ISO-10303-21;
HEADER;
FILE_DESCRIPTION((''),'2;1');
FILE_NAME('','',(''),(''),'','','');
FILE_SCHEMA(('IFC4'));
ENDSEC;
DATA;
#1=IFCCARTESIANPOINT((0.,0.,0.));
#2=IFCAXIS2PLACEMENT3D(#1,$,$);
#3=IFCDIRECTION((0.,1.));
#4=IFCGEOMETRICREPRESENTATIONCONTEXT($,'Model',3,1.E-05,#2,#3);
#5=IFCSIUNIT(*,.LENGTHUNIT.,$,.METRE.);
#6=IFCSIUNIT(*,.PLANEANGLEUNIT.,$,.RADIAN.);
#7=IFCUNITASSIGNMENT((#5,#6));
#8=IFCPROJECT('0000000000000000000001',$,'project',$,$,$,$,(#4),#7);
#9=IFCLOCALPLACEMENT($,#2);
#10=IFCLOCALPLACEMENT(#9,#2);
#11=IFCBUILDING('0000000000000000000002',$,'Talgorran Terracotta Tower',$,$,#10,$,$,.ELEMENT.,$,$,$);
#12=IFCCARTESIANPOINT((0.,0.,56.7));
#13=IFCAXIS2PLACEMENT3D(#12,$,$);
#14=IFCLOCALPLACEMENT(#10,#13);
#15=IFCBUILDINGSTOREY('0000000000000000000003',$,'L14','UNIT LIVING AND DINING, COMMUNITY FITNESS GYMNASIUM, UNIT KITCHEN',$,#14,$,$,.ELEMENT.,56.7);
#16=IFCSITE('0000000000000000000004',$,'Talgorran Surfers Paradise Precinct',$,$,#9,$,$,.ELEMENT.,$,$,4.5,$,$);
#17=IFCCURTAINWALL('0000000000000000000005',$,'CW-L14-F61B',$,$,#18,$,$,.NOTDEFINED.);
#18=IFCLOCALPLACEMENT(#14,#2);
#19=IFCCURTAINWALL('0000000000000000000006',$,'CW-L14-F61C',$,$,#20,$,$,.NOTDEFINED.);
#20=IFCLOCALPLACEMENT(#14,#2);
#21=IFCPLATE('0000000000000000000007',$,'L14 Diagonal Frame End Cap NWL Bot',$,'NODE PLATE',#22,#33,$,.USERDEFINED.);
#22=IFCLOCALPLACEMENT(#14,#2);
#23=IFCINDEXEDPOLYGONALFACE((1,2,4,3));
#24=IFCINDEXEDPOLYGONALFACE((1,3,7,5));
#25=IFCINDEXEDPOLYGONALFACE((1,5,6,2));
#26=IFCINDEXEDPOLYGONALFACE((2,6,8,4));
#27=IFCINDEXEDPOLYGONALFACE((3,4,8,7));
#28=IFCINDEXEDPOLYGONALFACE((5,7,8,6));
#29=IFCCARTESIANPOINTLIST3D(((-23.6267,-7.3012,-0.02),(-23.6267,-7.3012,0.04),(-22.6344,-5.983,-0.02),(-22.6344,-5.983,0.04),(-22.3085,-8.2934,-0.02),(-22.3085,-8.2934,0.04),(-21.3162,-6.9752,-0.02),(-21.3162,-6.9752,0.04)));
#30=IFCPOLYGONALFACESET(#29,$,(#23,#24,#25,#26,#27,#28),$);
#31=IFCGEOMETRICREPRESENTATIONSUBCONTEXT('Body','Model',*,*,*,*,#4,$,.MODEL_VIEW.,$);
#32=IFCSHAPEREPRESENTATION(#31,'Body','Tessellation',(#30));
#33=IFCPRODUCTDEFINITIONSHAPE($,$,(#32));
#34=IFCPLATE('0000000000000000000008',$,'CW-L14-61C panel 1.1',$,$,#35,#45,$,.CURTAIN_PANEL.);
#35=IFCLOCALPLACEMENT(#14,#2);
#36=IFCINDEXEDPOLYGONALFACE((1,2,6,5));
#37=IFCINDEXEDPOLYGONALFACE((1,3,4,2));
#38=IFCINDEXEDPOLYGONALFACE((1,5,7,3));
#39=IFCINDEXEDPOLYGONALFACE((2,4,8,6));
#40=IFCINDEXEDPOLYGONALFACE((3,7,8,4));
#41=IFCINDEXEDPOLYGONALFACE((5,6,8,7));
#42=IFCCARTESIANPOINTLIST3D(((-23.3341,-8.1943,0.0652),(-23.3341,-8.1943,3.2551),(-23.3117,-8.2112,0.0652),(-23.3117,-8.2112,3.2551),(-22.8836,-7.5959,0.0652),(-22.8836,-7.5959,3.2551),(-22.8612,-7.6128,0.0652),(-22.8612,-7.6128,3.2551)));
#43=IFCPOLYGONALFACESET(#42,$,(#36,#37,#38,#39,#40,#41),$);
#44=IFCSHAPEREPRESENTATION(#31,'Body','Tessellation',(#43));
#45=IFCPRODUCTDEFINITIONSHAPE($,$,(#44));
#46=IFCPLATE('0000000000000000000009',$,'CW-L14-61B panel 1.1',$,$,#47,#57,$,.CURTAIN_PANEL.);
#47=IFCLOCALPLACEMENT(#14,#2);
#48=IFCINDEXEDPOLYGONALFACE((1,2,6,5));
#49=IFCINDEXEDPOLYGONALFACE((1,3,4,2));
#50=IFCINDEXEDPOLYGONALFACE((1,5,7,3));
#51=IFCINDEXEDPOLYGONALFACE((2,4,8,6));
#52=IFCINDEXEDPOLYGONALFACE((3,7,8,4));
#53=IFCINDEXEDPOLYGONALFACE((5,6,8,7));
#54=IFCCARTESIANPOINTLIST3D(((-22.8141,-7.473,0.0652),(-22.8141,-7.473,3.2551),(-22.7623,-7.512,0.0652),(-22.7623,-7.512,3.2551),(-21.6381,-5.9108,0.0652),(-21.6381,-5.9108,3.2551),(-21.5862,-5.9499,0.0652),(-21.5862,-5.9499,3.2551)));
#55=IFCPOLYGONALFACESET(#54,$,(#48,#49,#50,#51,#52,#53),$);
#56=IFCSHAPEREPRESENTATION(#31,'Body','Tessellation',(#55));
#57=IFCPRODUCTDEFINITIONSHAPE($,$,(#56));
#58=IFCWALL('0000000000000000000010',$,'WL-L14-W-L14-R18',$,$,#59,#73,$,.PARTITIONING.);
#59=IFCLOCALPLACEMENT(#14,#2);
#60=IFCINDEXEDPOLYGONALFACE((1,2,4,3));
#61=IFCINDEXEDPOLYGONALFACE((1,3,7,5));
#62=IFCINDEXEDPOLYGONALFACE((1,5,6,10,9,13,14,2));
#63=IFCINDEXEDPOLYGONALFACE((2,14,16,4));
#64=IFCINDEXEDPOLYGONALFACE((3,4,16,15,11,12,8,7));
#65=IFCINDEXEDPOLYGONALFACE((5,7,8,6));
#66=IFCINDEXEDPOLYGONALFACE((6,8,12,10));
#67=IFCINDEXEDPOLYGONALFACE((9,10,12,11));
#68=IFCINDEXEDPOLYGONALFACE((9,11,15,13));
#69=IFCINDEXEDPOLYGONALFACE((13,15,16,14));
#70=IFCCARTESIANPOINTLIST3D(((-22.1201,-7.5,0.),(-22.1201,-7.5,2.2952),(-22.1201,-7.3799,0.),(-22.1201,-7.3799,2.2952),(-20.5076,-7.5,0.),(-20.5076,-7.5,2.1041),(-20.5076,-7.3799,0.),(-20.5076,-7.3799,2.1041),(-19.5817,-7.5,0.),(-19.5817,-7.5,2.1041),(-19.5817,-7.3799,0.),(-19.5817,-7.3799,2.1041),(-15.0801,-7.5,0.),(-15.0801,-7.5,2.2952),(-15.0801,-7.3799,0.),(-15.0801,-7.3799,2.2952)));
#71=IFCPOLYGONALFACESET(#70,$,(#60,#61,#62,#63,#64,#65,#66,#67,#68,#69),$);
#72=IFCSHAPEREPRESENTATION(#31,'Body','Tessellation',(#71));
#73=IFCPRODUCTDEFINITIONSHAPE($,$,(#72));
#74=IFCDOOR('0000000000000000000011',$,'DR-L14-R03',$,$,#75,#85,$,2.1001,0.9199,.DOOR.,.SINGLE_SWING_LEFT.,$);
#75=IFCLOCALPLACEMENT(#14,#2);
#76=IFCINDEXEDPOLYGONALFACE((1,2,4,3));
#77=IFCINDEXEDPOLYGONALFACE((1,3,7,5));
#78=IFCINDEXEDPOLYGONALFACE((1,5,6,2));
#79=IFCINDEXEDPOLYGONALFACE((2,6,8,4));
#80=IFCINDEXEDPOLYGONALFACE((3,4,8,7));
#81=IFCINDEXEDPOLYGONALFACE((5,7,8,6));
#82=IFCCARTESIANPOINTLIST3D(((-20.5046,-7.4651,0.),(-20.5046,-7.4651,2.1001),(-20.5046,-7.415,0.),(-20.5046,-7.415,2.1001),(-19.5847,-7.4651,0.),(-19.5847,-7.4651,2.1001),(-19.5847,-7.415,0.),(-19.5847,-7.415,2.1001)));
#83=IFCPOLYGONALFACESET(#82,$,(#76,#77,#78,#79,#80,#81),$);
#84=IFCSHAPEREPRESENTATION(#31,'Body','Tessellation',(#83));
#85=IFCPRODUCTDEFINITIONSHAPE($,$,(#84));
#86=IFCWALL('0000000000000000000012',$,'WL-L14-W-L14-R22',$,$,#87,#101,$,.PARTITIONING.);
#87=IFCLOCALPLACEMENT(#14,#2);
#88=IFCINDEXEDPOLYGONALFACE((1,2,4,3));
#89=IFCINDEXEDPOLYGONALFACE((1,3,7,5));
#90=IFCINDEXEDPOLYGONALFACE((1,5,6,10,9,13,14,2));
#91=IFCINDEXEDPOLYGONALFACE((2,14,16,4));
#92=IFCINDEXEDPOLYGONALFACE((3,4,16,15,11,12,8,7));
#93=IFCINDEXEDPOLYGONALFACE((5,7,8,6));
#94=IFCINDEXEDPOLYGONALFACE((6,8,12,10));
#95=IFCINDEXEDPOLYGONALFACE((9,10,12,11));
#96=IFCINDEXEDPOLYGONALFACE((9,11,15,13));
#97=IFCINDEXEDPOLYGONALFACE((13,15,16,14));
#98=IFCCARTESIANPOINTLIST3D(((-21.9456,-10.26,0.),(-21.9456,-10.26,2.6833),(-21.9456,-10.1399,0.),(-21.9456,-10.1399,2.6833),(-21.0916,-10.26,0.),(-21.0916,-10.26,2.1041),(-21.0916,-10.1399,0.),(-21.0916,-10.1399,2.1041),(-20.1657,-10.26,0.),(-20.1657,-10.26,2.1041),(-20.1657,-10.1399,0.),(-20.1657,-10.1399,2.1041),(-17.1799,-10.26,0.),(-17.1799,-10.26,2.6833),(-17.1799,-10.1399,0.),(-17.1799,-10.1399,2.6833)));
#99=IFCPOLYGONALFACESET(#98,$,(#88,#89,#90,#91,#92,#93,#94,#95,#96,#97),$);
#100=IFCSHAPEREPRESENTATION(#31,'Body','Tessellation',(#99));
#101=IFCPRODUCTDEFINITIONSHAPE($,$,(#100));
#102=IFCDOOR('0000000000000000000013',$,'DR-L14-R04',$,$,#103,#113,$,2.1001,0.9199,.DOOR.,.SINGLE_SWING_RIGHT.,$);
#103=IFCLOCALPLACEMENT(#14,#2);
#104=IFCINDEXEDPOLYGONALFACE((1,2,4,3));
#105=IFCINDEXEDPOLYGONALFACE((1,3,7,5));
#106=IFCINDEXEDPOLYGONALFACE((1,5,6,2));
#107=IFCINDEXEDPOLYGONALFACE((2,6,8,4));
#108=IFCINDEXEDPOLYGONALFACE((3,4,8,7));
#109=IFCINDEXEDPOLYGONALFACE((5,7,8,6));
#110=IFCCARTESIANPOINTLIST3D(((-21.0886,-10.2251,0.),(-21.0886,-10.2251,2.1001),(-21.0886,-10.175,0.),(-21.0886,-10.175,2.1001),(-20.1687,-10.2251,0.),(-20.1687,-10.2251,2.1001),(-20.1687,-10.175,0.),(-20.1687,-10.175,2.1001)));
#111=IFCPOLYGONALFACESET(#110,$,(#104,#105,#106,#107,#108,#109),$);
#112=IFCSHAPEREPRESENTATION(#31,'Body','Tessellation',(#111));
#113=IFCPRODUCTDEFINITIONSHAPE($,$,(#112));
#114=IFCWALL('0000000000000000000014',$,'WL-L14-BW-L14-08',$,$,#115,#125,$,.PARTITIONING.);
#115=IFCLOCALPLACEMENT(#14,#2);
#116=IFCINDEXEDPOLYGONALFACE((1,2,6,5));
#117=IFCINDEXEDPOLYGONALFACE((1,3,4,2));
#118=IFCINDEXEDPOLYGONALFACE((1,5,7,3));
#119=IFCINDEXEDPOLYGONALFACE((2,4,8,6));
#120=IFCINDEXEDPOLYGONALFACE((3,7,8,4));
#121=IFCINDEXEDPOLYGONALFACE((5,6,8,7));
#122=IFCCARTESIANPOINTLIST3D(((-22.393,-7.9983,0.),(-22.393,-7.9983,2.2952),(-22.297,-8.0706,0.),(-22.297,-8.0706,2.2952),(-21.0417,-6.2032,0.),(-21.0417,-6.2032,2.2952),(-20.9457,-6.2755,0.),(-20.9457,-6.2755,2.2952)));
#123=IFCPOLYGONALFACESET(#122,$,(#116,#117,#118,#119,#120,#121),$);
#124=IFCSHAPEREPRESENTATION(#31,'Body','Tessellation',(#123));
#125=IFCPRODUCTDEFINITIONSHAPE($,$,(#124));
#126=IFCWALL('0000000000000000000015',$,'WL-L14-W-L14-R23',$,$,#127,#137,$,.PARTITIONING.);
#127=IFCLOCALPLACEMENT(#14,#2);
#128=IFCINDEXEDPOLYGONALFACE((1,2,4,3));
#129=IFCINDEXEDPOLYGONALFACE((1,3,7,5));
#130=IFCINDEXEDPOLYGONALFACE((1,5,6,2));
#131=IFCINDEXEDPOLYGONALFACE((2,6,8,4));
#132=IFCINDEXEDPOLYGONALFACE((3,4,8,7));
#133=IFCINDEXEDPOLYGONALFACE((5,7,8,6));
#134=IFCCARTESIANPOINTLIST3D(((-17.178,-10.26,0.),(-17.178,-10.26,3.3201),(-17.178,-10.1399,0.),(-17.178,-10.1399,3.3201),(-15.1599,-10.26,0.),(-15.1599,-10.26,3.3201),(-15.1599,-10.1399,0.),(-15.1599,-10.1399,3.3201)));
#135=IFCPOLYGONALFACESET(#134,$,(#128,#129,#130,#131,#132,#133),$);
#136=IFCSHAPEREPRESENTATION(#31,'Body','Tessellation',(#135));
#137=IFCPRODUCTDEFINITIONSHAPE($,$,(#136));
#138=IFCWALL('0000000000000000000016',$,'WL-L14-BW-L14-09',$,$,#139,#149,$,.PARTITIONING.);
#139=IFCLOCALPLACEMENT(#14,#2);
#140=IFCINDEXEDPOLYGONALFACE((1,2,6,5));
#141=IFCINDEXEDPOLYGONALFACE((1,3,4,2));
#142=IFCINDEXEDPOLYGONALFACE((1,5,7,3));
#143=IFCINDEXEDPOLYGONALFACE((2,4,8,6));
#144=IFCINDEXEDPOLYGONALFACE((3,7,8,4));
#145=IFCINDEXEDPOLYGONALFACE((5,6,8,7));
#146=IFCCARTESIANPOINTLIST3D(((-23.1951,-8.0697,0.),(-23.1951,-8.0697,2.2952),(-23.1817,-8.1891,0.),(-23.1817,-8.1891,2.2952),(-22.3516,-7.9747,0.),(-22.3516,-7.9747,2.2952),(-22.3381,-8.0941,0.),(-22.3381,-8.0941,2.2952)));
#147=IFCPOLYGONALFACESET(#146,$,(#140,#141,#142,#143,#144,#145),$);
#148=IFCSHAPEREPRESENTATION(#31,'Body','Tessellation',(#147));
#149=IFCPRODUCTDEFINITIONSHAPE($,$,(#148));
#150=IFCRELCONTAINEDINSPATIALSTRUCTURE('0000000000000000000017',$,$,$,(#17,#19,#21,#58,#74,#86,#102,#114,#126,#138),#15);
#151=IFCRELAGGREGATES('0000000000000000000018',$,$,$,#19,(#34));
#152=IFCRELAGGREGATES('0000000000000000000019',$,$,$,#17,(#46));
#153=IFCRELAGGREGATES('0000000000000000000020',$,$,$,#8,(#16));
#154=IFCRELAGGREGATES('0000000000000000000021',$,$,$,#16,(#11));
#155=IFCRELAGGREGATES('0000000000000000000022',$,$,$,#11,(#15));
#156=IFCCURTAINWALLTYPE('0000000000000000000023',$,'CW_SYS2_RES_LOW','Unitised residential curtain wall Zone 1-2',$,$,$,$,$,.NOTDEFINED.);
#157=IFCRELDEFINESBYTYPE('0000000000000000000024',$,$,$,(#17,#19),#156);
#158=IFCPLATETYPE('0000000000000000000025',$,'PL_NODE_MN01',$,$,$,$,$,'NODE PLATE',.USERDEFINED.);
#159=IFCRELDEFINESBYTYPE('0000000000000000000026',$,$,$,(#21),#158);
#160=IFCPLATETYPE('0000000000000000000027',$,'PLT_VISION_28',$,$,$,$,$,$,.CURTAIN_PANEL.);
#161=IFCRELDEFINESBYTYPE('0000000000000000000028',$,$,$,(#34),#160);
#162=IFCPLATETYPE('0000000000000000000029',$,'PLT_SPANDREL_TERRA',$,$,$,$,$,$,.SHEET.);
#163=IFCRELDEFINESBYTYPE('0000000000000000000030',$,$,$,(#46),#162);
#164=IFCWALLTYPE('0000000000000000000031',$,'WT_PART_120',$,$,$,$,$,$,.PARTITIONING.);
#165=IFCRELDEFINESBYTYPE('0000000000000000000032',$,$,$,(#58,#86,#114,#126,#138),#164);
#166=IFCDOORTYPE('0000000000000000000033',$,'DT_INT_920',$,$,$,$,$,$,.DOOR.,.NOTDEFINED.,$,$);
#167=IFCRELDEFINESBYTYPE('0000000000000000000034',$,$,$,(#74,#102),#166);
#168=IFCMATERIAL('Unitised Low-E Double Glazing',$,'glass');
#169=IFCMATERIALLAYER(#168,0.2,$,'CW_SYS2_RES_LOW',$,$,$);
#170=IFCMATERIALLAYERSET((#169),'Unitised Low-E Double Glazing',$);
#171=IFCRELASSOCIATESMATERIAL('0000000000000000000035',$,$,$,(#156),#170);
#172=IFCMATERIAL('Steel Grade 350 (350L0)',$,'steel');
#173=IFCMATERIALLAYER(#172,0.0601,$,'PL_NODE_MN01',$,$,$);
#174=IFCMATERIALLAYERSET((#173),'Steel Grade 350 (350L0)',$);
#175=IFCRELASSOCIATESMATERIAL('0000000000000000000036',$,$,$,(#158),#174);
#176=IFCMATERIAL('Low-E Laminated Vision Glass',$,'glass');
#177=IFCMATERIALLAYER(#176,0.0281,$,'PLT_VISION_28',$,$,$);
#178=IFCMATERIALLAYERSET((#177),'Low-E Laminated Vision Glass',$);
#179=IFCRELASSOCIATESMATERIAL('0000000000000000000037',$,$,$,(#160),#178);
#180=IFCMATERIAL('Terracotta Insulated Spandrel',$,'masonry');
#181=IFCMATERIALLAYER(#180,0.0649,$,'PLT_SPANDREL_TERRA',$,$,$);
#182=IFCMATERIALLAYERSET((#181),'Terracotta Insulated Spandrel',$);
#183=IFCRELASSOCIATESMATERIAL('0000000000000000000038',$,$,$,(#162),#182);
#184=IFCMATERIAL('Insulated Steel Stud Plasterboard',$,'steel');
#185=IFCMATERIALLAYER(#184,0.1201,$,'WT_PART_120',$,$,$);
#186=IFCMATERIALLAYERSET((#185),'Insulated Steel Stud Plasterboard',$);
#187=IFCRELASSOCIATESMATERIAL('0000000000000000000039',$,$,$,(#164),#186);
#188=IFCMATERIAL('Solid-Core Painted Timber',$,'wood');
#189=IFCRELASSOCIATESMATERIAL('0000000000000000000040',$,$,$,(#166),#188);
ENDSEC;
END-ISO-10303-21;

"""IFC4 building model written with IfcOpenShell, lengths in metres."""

from ifc_helpers import new_model, si_unit, direction, frame, frame_2d, origin, origin_2d, place, context, subcontext, project, spatial, rectangle, extrude, source, transform, mapped, material, layer, layer_set, type_object, type_shapes, element, fill, aggregate, save


model = new_model("IFC4")

# Units and contexts
model_context = context("Model", 3, precision=1e-05, world=origin(), true_north=direction((0.0, 1.0)))
body_context = subcontext(model_context, "Body", "Model", "MODEL_VIEW")
ifc_project = project(units=[si_unit("LENGTHUNIT", "METRE"), si_unit("PLANEANGLEUNIT", "RADIAN")], contexts=[model_context])

# Site, building, storey
site_placement = place(None, origin())
site = spatial("IfcSite", under=ifc_project, at=site_placement, Name="Talgorran Surfers Paradise Precinct", CompositionType="ELEMENT", RefElevation=4.5)
building_placement = place(site_placement, origin())
building = spatial("IfcBuilding", under=site, at=building_placement, Name="Talgorran Terracotta Tower", CompositionType="ELEMENT")
storey_placement = place(building_placement, frame((0.0, 0.0, 56.7)))
storey = spatial("IfcBuildingStorey", under=building, at=storey_placement, Name="L14", Description="UNIT LIVING AND DINING, COMMUNITY FITNESS GYMNASIUM, UNIT KITCHEN", CompositionType="ELEMENT", Elevation=56.7)

# Shared definitions
ifc_material_1 = material(Name="Steel Grade 350 (350L0)", Category="steel")

# Curtain wall
ifc_material_2 = material(Name="Unitised Low-E Double Glazing", Category="glass")
ifc_layer_1 = layer(ifc_material_2, 0.2, Name="CW_SYS2_RES_LOW")
ifc_layer_set_1 = layer_set([ifc_layer_1], Name="Unitised Low-E Double Glazing")
curtain_wall_type = type_object("IfcCurtainWallType", Name="CW_SYS2_RES_LOW", Description="Unitised residential curtain wall Zone 1-2", PredefinedType="NOTDEFINED", material=ifc_layer_set_1)
curtain_wall_1_placement = place(storey_placement, origin())
curtain_wall_1 = element("IfcCurtainWall", 1, at=curtain_wall_1_placement, inside=storey, type_object=curtain_wall_type, Name="CW-L14-F61B", PredefinedType="NOTDEFINED")

# Curtain wall
curtain_wall_2_placement = place(storey_placement, origin())
curtain_wall_2 = element("IfcCurtainWall", 2, at=curtain_wall_2_placement, inside=storey, type_object=curtain_wall_type, Name="CW-L14-F61C", PredefinedType="NOTDEFINED")

# Plate
ifc_layer_2 = layer(ifc_material_1, 0.0601, Name="PL_NODE_MN01")
ifc_layer_set_2 = layer_set([ifc_layer_2], Name="Steel Grade 350 (350L0)")
plate_type_1 = type_object("IfcPlateType", Name="PL_NODE_MN01", ElementType="NODE PLATE", PredefinedType="USERDEFINED", material=ifc_layer_set_2)
plate_1_placement = place(storey_placement, frame((-22.4714, -7.1382, -0.02), z_axis=(0.0, 0.0, 1.0), x_axis=(0.601397, 0.798951, 0.0)))
element("IfcPlate", 3, at=plate_1_placement, inside=storey, type_object=plate_type_1, Name="L14 Diagonal Frame End Cap NWL Bot", ObjectType="NODE PLATE", PredefinedType="USERDEFINED", context=body_context, shape_type="SweptSolid", body=[
    extrude(rectangle(XDim=1.6499, YDim=1.6499, at=origin_2d()), origin(), (0.0, 0.0, 1.0), 0.0601),
])

# Plates
ifc_material_3 = material(Name="Low-E Laminated Vision Glass", Category="glass")
ifc_layer_3 = layer(ifc_material_3, 0.0281, Name="PLT_VISION_28")
ifc_layer_set_3 = layer_set([ifc_layer_3], Name="Low-E Laminated Vision Glass")
plate_type_2 = type_object("IfcPlateType", Name="PLT_VISION_28", PredefinedType="CURTAIN_PANEL", material=ifc_layer_set_3)
shared_shape_1 = source(origin(), body_context, "Body", "SweptSolid", [
    extrude(rectangle(XDim=0.749, YDim=0.0281, at=origin_2d()), origin(), (0.0, 0.0, 1.0), 3.1899),
])
type_shapes(plate_type_2, [shared_shape_1])
plate_2_placement = place(storey_placement, frame((-23.0977, -7.9036, 0.0652), z_axis=(0.0, 0.0, 1.0), x_axis=(-0.601419, -0.798934, 0.0)))
plate_2 = element("IfcPlate", 4, at=plate_2_placement, type_object=plate_type_2, Name="CW-L14-61C panel 1.1", PredefinedType="CURTAIN_PANEL", context=body_context, shape_type="MappedRepresentation", body=[
    mapped(shared_shape_1, transform((0.0, 0.0, 0.0), scale=1.0)),
])
aggregate(curtain_wall_2, [plate_2])
ifc_material_4 = material(Name="Terracotta Insulated Spandrel", Category="masonry")
ifc_layer_4 = layer(ifc_material_4, 0.0649, Name="PLT_SPANDREL_TERRA")
ifc_layer_set_4 = layer_set([ifc_layer_4], Name="Terracotta Insulated Spandrel")
plate_type_3 = type_object("IfcPlateType", Name="PLT_SPANDREL_TERRA", PredefinedType="SHEET", material=ifc_layer_set_4)
shared_shape_2 = source(origin(), body_context, "Body", "SweptSolid", [
    extrude(rectangle(XDim=1.9553, YDim=0.0649, at=origin_2d()), origin(), (0.0, 0.0, 1.0), 3.1899),
])
type_shapes(plate_type_3, [shared_shape_2])
plate_3_placement = place(storey_placement, frame((-22.2002, -6.7114, 0.0652), z_axis=(0.0, 0.0, 1.0), x_axis=(-0.601441, -0.798917, 0.0)))
plate_3 = element("IfcPlate", 5, at=plate_3_placement, type_object=plate_type_3, Name="CW-L14-61B panel 1.1", PredefinedType="CURTAIN_PANEL", context=body_context, shape_type="MappedRepresentation", body=[
    mapped(shared_shape_2, transform((0.0, 0.0, 0.0), scale=1.0)),
])
aggregate(curtain_wall_1, [plate_3])

# Walls, openings, doors
ifc_material_5 = material(Name="Insulated Steel Stud Plasterboard", Category="steel")
ifc_layer_5 = layer(ifc_material_5, 0.1201, Name="WT_PART_120")
ifc_layer_set_5 = layer_set([ifc_layer_5], Name="Insulated Steel Stud Plasterboard")
wall_type_1 = type_object("IfcWallType", Name="WT_PART_120", PredefinedType="PARTITIONING", material=ifc_layer_set_5)
wall_1_placement = place(storey_placement, frame((-22.1201, -7.4399, 0.0), z_axis=(0.0, 0.0, 1.0), x_axis=(1.0, 0.0, 0.0)))
wall_1 = element("IfcWall", 6, at=wall_1_placement, inside=storey, type_object=wall_type_1, Name="WL-L14-W-L14-R18", PredefinedType="PARTITIONING", context=body_context, shape_type="SweptSolid", body=[
    extrude(rectangle(XDim=7.04, YDim=0.1201, at=frame_2d((3.52, 0.0))), origin(), (0.0, 0.0, 1.0), 2.2952),
])
opening_1_placement = place(wall_1_placement, frame((1.6155, 0.0, 0.0)))
opening_1 = element("IfcOpeningElement", 7, at=opening_1_placement, cuts=wall_1, PredefinedType="OPENING", context=body_context, shape_type="SweptSolid", body=[
    extrude(rectangle(XDim=0.9259, YDim=2.1041, at=frame_2d((0.46, 1.052))), frame((0.0, 0.0701, 0.0), z_axis=(0.0, -1.0, 0.0), x_axis=(1.0, 0.0, 0.0)), (0.0, 0.0, 1.0), 0.1401),
])
ifc_material_6 = material(Name="Solid-Core Painted Timber", Category="wood")
door_type_1 = type_object("IfcDoorType", Name="DT_INT_920", OperationType="NOTDEFINED", PredefinedType="DOOR", material=ifc_material_6)
door_1_placement = place(opening_1_placement, origin())
door_1 = element("IfcDoor", 8, at=door_1_placement, inside=storey, type_object=door_type_1, Name="DR-L14-R03", OperationType="SINGLE_SWING_LEFT", OverallHeight=2.1001, OverallWidth=0.9199, PredefinedType="DOOR", context=body_context, shape_type="SweptSolid", body=[
    extrude(rectangle(XDim=0.9199, YDim=2.1001, at=frame_2d((0.46, 1.05))), frame((0.0, 0.0249, 0.0), z_axis=(0.0, -1.0, 0.0), x_axis=(1.0, 0.0, 0.0)), (0.0, 0.0, 1.0), 0.05),
])
fill(opening_1, door_1)
wall_2_placement = place(storey_placement, frame((-21.9456, -10.2, 0.0), z_axis=(0.0, 0.0, 1.0), x_axis=(1.0, 0.0, 0.0)))
wall_2 = element("IfcWall", 9, at=wall_2_placement, inside=storey, type_object=wall_type_1, Name="WL-L14-W-L14-R22", PredefinedType="PARTITIONING", context=body_context, shape_type="SweptSolid", body=[
    extrude(rectangle(XDim=4.7656, YDim=0.1201, at=frame_2d((2.3828, 0.0))), origin(), (0.0, 0.0, 1.0), 2.6833),
])
opening_2_placement = place(wall_2_placement, frame((0.8569, 0.0, 0.0)))
opening_2 = element("IfcOpeningElement", 10, at=opening_2_placement, cuts=wall_2, PredefinedType="OPENING", context=body_context, shape_type="SweptSolid", body=[
    extrude(rectangle(XDim=0.9259, YDim=2.1041, at=frame_2d((0.46, 1.052))), frame((0.0, 0.0701, 0.0), z_axis=(0.0, -1.0, 0.0), x_axis=(1.0, 0.0, 0.0)), (0.0, 0.0, 1.0), 0.1401),
])
door_2_placement = place(opening_2_placement, origin())
door_2 = element("IfcDoor", 11, at=door_2_placement, inside=storey, type_object=door_type_1, Name="DR-L14-R04", OperationType="SINGLE_SWING_RIGHT", OverallHeight=2.1001, OverallWidth=0.9199, PredefinedType="DOOR", context=body_context, shape_type="SweptSolid", body=[
    extrude(rectangle(XDim=0.9199, YDim=2.1001, at=frame_2d((0.46, 1.05))), frame((0.0, 0.0249, 0.0), z_axis=(0.0, -1.0, 0.0), x_axis=(1.0, 0.0, 0.0)), (0.0, 0.0, 1.0), 0.05),
])
fill(opening_2, door_2)

# Walls
wall_3_placement = place(storey_placement, frame((-20.9937, -6.2393, 0.0), z_axis=(0.0, 0.0, 1.0), x_axis=(-0.601407, -0.798943, 0.0)))
element("IfcWall", 12, at=wall_3_placement, inside=storey, type_object=wall_type_1, Name="WL-L14-BW-L14-08", PredefinedType="PARTITIONING", context=body_context, shape_type="SweptSolid", body=[
    extrude(rectangle(XDim=2.2468, YDim=0.1201, at=frame_2d((1.1235, 0.0))), origin(), (0.0, 0.0, 1.0), 2.2952),
])
wall_4_placement = place(storey_placement, frame((-17.178, -10.2, 0.0), z_axis=(0.0, 0.0, 1.0), x_axis=(1.0, 0.0, 0.0)))
element("IfcWall", 13, at=wall_4_placement, inside=storey, type_object=wall_type_1, Name="WL-L14-W-L14-R23", PredefinedType="PARTITIONING", context=body_context, shape_type="SweptSolid", body=[
    extrude(rectangle(XDim=2.0181, YDim=0.1201, at=frame_2d((1.009, 0.0))), origin(), (0.0, 0.0, 1.0), 3.3201),
])
wall_5_placement = place(storey_placement, frame((-22.345, -8.0344, 0.0), z_axis=(0.0, 0.0, 1.0), x_axis=(-0.993721, -0.111884, 0.0)))
element("IfcWall", 14, at=wall_5_placement, inside=storey, type_object=wall_type_1, Name="WL-L14-BW-L14-09", PredefinedType="PARTITIONING", context=body_context, shape_type="SweptSolid", body=[
    extrude(rectangle(XDim=0.8489, YDim=0.1201, at=frame_2d((0.4243, 0.0))), origin(), (0.0, 0.0, 1.0), 2.2952),
])

save(model, "model.ifc")
